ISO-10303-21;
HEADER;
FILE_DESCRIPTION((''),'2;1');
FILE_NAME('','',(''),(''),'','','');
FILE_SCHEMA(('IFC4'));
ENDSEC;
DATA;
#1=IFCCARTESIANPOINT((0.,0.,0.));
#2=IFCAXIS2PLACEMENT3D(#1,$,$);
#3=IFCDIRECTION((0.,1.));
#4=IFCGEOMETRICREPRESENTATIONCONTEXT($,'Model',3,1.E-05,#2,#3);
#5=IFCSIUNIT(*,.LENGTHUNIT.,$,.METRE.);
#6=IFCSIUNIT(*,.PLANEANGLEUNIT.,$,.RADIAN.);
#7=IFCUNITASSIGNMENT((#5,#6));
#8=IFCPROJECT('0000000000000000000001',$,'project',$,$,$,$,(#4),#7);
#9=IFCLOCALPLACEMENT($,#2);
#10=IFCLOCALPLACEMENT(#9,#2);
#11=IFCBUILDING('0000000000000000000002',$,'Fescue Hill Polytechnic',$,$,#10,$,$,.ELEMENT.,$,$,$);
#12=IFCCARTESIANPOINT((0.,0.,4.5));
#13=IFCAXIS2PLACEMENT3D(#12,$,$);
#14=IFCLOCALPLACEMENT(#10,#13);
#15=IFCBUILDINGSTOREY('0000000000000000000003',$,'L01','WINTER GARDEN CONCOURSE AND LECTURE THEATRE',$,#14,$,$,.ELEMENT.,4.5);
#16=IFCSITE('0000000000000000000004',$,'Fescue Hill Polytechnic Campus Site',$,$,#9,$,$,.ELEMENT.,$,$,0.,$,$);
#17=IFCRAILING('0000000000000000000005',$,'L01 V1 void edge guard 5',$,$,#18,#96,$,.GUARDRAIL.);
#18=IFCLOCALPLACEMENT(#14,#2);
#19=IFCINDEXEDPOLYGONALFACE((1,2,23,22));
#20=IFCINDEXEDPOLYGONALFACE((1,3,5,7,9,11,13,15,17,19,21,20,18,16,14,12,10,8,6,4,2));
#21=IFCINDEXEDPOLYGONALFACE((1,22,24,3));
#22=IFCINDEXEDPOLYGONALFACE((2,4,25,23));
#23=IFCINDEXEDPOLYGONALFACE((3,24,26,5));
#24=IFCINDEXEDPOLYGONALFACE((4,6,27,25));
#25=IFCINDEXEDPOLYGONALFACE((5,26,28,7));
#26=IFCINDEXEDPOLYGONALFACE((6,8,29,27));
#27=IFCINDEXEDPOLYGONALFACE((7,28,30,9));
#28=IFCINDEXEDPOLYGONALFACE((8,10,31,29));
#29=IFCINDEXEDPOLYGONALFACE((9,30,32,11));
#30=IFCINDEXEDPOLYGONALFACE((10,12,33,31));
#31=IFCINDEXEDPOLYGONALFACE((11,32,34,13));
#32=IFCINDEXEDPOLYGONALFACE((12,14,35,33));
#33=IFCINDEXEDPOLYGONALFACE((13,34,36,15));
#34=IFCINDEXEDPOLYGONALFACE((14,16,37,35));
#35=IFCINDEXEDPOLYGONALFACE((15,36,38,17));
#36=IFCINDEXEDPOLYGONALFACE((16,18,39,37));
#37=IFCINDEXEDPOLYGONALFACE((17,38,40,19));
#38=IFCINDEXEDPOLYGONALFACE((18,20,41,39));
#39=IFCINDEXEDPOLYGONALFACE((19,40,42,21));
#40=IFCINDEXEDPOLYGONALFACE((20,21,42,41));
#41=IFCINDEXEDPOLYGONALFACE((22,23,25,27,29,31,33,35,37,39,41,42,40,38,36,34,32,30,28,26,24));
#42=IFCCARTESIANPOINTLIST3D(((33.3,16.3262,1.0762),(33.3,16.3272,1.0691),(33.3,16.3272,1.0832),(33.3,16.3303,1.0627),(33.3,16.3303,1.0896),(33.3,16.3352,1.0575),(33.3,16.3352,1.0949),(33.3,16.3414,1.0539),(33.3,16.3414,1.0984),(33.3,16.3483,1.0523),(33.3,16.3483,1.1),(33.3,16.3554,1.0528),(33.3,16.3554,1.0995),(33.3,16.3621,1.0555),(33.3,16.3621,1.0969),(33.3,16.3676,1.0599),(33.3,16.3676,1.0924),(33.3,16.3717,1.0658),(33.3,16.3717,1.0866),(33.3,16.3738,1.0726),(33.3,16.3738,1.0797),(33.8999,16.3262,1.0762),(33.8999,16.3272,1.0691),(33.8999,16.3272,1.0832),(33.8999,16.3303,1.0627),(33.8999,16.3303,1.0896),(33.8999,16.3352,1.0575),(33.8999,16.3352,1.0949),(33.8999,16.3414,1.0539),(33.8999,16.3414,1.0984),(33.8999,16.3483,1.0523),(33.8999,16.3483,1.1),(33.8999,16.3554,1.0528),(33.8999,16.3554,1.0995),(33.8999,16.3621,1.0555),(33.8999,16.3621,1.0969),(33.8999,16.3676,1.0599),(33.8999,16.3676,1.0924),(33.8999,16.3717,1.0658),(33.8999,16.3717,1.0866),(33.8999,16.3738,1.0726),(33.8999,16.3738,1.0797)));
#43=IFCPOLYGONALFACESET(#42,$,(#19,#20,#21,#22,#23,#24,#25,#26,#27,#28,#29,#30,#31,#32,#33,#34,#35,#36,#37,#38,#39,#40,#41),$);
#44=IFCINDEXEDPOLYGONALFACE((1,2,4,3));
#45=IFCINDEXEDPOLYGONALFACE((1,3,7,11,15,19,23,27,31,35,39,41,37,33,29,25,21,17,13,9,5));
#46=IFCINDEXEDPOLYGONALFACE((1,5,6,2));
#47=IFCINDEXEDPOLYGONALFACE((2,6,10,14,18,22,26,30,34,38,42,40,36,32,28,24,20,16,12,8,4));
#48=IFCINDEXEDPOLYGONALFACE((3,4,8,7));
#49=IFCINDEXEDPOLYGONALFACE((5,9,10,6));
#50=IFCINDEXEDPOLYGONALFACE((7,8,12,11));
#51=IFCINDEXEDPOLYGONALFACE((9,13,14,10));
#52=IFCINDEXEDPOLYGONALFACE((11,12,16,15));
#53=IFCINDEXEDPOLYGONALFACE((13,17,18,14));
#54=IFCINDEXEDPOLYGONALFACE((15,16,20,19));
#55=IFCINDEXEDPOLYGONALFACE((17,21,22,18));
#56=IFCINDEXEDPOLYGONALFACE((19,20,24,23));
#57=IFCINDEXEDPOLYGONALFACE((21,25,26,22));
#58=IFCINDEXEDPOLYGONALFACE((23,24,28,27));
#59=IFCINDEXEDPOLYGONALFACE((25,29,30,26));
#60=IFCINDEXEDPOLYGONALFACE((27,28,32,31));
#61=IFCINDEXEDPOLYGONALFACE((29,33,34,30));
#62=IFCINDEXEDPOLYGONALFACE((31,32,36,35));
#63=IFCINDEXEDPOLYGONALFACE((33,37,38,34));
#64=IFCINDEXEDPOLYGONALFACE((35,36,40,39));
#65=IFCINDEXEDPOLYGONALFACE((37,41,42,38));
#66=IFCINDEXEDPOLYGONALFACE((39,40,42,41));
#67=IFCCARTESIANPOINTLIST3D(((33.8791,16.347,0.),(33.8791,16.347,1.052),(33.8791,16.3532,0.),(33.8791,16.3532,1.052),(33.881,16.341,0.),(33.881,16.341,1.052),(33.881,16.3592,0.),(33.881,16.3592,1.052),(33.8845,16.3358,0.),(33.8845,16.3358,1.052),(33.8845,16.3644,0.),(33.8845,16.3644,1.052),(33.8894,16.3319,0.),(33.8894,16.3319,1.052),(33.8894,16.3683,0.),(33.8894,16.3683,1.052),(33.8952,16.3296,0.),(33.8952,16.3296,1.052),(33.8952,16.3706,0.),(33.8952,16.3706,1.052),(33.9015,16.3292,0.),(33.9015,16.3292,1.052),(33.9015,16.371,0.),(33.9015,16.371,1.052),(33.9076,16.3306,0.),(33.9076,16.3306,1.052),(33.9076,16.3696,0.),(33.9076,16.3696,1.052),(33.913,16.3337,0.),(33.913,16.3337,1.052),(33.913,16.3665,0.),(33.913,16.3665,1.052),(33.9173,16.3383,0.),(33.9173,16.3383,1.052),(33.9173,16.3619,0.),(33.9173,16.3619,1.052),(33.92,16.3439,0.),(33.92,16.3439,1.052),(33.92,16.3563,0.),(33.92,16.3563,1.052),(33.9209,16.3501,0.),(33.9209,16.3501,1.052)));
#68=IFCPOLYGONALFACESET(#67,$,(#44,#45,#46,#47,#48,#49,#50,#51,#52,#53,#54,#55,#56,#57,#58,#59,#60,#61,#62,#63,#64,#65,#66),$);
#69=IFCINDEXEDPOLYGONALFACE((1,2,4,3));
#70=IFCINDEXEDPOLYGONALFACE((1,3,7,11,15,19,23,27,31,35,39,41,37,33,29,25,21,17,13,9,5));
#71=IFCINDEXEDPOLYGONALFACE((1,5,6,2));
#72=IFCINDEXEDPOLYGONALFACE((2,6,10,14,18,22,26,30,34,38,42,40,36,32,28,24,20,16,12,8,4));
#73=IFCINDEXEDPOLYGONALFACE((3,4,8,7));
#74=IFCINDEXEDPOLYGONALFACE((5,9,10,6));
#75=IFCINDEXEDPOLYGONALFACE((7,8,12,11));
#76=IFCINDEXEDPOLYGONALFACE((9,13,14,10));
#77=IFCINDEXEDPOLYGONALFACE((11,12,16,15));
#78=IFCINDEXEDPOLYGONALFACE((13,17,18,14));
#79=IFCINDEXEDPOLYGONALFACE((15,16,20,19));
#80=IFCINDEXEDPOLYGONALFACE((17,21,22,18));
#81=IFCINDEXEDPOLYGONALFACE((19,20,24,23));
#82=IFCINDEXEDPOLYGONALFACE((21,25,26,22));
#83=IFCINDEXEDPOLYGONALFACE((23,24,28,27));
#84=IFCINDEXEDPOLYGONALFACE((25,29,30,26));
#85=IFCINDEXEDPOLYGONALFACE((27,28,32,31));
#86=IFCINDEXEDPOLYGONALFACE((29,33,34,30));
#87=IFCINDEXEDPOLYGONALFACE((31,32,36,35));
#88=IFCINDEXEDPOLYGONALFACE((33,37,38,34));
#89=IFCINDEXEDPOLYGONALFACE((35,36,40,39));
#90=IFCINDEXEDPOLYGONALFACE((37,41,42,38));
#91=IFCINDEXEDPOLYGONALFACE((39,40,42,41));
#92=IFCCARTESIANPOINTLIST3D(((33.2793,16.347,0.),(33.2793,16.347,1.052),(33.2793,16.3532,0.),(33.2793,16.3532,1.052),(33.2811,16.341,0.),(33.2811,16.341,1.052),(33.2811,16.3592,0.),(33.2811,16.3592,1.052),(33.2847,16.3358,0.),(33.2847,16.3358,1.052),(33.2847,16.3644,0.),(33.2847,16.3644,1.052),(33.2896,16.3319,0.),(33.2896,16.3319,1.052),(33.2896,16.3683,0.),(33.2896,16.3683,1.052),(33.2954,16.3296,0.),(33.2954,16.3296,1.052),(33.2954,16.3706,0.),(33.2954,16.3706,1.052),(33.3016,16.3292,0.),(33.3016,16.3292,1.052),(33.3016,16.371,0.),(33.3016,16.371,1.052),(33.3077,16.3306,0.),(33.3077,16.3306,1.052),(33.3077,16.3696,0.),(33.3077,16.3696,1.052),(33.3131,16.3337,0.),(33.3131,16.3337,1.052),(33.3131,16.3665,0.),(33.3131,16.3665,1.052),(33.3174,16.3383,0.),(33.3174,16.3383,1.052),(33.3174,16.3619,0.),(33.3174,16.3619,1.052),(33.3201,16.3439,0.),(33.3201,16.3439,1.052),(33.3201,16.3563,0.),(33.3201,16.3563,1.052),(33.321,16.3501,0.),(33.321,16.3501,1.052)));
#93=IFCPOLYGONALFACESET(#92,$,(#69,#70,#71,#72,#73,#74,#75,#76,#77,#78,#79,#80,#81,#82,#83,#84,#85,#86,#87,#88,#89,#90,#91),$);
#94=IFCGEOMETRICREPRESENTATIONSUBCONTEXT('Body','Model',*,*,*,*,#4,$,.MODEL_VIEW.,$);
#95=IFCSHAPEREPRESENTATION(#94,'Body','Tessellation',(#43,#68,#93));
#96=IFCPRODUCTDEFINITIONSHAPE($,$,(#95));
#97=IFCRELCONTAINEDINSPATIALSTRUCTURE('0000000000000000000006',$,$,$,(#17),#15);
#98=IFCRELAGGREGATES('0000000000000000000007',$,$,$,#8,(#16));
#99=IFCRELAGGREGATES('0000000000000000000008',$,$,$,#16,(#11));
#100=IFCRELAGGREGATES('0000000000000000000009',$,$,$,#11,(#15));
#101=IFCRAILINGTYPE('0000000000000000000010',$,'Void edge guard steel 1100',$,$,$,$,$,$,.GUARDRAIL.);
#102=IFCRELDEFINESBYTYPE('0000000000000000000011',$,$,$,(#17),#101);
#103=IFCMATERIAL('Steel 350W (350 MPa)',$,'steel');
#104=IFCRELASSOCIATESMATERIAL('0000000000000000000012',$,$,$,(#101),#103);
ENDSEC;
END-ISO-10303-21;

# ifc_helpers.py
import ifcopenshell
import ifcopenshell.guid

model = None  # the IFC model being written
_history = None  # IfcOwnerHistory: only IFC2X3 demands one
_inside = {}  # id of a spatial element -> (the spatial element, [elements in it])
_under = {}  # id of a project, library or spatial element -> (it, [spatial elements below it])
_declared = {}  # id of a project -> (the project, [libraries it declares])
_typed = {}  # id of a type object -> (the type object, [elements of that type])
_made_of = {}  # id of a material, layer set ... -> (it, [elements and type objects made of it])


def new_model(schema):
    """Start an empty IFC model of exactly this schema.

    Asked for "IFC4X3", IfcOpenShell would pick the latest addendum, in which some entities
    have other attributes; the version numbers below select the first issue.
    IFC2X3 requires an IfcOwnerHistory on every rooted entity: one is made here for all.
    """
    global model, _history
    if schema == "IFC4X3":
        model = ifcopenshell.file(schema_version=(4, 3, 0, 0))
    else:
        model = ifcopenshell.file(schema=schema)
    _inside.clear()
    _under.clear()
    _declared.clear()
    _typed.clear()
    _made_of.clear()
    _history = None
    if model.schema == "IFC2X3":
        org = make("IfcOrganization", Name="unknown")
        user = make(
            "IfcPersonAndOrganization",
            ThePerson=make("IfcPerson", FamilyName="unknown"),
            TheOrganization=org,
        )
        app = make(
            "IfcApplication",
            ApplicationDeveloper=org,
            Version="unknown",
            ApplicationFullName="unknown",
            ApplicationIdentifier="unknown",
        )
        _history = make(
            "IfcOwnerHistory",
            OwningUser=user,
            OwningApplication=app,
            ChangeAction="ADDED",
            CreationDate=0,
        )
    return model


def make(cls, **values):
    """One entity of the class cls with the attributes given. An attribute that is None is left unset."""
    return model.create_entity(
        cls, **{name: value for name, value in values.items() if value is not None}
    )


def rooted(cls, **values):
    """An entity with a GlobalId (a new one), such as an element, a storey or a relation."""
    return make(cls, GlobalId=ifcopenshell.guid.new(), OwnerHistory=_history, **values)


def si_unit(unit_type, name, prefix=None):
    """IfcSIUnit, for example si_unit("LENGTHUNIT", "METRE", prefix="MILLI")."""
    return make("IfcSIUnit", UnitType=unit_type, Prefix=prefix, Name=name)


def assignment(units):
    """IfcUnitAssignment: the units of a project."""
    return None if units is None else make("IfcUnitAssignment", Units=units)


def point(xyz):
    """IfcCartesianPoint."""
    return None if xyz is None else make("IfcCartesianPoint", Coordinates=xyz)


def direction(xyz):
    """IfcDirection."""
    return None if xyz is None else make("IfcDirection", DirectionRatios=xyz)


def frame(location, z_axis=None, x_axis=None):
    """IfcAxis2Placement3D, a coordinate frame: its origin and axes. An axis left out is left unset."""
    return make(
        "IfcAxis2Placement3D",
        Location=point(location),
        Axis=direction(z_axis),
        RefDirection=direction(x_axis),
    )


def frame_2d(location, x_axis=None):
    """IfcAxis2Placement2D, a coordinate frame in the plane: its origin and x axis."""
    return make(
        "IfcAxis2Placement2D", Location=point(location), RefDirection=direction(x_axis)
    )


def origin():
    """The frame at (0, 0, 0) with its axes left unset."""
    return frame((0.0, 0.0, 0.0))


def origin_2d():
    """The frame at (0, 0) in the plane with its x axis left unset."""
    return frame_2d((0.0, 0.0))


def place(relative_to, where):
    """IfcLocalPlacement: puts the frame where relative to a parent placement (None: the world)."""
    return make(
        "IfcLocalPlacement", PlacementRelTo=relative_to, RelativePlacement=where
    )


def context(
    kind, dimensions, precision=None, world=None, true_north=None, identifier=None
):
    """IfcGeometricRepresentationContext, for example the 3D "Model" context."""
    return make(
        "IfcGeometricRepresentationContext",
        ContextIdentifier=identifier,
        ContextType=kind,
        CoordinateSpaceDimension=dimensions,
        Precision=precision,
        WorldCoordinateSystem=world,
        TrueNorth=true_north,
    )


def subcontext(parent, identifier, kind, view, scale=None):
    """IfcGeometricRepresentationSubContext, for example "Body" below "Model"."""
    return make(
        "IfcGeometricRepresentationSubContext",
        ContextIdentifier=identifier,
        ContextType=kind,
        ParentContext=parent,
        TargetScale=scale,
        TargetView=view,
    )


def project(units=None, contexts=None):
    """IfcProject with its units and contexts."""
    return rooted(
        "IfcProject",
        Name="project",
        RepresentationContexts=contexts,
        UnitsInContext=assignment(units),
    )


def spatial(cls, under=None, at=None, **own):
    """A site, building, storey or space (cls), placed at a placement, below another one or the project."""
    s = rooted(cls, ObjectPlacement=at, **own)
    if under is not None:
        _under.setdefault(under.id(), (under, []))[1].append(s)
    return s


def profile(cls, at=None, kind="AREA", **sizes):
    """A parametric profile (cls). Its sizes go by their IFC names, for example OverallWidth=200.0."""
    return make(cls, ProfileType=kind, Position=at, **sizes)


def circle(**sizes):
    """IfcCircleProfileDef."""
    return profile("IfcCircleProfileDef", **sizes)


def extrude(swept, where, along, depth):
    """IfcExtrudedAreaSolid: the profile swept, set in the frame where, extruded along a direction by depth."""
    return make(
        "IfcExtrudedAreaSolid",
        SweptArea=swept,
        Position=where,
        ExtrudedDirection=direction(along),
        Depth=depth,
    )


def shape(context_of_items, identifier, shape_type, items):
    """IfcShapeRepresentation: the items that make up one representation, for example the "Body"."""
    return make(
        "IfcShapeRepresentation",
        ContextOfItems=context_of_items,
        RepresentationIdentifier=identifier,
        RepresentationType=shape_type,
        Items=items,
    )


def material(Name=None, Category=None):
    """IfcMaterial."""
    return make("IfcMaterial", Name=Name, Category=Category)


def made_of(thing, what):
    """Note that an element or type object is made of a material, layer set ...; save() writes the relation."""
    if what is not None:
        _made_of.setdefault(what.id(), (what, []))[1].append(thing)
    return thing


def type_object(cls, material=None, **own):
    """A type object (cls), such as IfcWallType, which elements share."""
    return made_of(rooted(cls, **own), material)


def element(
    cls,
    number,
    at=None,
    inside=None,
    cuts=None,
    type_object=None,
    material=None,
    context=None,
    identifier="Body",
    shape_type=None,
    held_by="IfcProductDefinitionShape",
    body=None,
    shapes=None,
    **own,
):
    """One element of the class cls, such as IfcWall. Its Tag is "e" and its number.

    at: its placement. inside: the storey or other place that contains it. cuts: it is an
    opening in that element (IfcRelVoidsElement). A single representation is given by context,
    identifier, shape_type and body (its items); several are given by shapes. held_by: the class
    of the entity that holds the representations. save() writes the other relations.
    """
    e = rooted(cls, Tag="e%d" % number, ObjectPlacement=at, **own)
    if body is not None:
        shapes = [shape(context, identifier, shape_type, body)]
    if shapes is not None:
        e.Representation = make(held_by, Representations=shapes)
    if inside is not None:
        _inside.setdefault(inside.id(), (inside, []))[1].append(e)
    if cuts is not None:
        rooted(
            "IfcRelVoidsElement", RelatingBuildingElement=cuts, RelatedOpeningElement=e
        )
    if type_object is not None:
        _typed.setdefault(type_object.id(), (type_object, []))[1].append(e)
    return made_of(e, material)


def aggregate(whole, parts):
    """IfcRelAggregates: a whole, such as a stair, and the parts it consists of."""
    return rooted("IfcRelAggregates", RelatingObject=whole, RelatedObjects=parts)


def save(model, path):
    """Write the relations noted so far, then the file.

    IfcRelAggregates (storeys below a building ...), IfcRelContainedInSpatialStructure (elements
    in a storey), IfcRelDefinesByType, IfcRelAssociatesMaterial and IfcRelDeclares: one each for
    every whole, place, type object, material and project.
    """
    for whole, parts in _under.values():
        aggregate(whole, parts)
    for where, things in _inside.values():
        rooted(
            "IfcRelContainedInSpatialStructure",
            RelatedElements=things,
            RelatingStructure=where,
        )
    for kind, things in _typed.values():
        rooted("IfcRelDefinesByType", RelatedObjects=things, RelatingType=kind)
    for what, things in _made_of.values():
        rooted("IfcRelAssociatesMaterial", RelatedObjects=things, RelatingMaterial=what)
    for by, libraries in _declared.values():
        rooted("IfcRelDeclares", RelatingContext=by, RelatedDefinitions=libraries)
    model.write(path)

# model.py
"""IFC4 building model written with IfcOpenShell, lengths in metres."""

from ifc_helpers import new_model, si_unit, direction, frame, origin, origin_2d, place, context, subcontext, project, spatial, circle, extrude, material, type_object, element, save


model = new_model("IFC4")

# Units and contexts
model_context = context("Model", 3, precision=1e-05, world=origin(), true_north=direction((0.0, 1.0)))
body_context = subcontext(model_context, "Body", "Model", "MODEL_VIEW")
ifc_project = project(units=[si_unit("LENGTHUNIT", "METRE"), si_unit("PLANEANGLEUNIT", "RADIAN")], contexts=[model_context])

# Site, building, storey
site_placement = place(None, origin())
site = spatial("IfcSite", under=ifc_project, at=site_placement, Name="Fescue Hill Polytechnic Campus Site", CompositionType="ELEMENT", RefElevation=0.0)
building_placement = place(site_placement, origin())
building = spatial("IfcBuilding", under=site, at=building_placement, Name="Fescue Hill Polytechnic", CompositionType="ELEMENT")
storey_placement = place(building_placement, frame((0.0, 0.0, 4.5)))
storey = spatial("IfcBuildingStorey", under=building, at=storey_placement, Name="L01", Description="WINTER GARDEN CONCOURSE AND LECTURE THEATRE", CompositionType="ELEMENT", Elevation=4.5)

# Railing
ifc_material_1 = material(Name="Steel 350W (350 MPa)", Category="steel")
railing_type_1 = type_object("IfcRailingType", Name="Void edge guard steel 1100", PredefinedType="GUARDRAIL", material=ifc_material_1)
railing_1_placement = place(storey_placement, frame((33.8999, 16.3501, 0.0)))
element("IfcRailing", 1, at=railing_1_placement, inside=storey, type_object=railing_type_1, Name="L01 V1 void edge guard 5", PredefinedType="GUARDRAIL", context=body_context, shape_type="SweptSolid", body=[
    extrude(circle(Radius=0.0239, at=origin_2d()), frame((0.0, 0.0, 1.0762), z_axis=(-1.0, 0.0, 0.0), x_axis=(0.0, -1.0, 0.0)), (0.0, 0.0, 1.0), 0.5999),
    extrude(circle(Radius=0.021, at=origin_2d()), origin(), (0.0, 0.0, 1.0), 1.052),
    extrude(circle(Radius=0.021, at=origin_2d()), frame((-0.5999, 0.0, 0.0)), (0.0, 0.0, 1.0), 1.052),
])

save(model, "model.ifc")
